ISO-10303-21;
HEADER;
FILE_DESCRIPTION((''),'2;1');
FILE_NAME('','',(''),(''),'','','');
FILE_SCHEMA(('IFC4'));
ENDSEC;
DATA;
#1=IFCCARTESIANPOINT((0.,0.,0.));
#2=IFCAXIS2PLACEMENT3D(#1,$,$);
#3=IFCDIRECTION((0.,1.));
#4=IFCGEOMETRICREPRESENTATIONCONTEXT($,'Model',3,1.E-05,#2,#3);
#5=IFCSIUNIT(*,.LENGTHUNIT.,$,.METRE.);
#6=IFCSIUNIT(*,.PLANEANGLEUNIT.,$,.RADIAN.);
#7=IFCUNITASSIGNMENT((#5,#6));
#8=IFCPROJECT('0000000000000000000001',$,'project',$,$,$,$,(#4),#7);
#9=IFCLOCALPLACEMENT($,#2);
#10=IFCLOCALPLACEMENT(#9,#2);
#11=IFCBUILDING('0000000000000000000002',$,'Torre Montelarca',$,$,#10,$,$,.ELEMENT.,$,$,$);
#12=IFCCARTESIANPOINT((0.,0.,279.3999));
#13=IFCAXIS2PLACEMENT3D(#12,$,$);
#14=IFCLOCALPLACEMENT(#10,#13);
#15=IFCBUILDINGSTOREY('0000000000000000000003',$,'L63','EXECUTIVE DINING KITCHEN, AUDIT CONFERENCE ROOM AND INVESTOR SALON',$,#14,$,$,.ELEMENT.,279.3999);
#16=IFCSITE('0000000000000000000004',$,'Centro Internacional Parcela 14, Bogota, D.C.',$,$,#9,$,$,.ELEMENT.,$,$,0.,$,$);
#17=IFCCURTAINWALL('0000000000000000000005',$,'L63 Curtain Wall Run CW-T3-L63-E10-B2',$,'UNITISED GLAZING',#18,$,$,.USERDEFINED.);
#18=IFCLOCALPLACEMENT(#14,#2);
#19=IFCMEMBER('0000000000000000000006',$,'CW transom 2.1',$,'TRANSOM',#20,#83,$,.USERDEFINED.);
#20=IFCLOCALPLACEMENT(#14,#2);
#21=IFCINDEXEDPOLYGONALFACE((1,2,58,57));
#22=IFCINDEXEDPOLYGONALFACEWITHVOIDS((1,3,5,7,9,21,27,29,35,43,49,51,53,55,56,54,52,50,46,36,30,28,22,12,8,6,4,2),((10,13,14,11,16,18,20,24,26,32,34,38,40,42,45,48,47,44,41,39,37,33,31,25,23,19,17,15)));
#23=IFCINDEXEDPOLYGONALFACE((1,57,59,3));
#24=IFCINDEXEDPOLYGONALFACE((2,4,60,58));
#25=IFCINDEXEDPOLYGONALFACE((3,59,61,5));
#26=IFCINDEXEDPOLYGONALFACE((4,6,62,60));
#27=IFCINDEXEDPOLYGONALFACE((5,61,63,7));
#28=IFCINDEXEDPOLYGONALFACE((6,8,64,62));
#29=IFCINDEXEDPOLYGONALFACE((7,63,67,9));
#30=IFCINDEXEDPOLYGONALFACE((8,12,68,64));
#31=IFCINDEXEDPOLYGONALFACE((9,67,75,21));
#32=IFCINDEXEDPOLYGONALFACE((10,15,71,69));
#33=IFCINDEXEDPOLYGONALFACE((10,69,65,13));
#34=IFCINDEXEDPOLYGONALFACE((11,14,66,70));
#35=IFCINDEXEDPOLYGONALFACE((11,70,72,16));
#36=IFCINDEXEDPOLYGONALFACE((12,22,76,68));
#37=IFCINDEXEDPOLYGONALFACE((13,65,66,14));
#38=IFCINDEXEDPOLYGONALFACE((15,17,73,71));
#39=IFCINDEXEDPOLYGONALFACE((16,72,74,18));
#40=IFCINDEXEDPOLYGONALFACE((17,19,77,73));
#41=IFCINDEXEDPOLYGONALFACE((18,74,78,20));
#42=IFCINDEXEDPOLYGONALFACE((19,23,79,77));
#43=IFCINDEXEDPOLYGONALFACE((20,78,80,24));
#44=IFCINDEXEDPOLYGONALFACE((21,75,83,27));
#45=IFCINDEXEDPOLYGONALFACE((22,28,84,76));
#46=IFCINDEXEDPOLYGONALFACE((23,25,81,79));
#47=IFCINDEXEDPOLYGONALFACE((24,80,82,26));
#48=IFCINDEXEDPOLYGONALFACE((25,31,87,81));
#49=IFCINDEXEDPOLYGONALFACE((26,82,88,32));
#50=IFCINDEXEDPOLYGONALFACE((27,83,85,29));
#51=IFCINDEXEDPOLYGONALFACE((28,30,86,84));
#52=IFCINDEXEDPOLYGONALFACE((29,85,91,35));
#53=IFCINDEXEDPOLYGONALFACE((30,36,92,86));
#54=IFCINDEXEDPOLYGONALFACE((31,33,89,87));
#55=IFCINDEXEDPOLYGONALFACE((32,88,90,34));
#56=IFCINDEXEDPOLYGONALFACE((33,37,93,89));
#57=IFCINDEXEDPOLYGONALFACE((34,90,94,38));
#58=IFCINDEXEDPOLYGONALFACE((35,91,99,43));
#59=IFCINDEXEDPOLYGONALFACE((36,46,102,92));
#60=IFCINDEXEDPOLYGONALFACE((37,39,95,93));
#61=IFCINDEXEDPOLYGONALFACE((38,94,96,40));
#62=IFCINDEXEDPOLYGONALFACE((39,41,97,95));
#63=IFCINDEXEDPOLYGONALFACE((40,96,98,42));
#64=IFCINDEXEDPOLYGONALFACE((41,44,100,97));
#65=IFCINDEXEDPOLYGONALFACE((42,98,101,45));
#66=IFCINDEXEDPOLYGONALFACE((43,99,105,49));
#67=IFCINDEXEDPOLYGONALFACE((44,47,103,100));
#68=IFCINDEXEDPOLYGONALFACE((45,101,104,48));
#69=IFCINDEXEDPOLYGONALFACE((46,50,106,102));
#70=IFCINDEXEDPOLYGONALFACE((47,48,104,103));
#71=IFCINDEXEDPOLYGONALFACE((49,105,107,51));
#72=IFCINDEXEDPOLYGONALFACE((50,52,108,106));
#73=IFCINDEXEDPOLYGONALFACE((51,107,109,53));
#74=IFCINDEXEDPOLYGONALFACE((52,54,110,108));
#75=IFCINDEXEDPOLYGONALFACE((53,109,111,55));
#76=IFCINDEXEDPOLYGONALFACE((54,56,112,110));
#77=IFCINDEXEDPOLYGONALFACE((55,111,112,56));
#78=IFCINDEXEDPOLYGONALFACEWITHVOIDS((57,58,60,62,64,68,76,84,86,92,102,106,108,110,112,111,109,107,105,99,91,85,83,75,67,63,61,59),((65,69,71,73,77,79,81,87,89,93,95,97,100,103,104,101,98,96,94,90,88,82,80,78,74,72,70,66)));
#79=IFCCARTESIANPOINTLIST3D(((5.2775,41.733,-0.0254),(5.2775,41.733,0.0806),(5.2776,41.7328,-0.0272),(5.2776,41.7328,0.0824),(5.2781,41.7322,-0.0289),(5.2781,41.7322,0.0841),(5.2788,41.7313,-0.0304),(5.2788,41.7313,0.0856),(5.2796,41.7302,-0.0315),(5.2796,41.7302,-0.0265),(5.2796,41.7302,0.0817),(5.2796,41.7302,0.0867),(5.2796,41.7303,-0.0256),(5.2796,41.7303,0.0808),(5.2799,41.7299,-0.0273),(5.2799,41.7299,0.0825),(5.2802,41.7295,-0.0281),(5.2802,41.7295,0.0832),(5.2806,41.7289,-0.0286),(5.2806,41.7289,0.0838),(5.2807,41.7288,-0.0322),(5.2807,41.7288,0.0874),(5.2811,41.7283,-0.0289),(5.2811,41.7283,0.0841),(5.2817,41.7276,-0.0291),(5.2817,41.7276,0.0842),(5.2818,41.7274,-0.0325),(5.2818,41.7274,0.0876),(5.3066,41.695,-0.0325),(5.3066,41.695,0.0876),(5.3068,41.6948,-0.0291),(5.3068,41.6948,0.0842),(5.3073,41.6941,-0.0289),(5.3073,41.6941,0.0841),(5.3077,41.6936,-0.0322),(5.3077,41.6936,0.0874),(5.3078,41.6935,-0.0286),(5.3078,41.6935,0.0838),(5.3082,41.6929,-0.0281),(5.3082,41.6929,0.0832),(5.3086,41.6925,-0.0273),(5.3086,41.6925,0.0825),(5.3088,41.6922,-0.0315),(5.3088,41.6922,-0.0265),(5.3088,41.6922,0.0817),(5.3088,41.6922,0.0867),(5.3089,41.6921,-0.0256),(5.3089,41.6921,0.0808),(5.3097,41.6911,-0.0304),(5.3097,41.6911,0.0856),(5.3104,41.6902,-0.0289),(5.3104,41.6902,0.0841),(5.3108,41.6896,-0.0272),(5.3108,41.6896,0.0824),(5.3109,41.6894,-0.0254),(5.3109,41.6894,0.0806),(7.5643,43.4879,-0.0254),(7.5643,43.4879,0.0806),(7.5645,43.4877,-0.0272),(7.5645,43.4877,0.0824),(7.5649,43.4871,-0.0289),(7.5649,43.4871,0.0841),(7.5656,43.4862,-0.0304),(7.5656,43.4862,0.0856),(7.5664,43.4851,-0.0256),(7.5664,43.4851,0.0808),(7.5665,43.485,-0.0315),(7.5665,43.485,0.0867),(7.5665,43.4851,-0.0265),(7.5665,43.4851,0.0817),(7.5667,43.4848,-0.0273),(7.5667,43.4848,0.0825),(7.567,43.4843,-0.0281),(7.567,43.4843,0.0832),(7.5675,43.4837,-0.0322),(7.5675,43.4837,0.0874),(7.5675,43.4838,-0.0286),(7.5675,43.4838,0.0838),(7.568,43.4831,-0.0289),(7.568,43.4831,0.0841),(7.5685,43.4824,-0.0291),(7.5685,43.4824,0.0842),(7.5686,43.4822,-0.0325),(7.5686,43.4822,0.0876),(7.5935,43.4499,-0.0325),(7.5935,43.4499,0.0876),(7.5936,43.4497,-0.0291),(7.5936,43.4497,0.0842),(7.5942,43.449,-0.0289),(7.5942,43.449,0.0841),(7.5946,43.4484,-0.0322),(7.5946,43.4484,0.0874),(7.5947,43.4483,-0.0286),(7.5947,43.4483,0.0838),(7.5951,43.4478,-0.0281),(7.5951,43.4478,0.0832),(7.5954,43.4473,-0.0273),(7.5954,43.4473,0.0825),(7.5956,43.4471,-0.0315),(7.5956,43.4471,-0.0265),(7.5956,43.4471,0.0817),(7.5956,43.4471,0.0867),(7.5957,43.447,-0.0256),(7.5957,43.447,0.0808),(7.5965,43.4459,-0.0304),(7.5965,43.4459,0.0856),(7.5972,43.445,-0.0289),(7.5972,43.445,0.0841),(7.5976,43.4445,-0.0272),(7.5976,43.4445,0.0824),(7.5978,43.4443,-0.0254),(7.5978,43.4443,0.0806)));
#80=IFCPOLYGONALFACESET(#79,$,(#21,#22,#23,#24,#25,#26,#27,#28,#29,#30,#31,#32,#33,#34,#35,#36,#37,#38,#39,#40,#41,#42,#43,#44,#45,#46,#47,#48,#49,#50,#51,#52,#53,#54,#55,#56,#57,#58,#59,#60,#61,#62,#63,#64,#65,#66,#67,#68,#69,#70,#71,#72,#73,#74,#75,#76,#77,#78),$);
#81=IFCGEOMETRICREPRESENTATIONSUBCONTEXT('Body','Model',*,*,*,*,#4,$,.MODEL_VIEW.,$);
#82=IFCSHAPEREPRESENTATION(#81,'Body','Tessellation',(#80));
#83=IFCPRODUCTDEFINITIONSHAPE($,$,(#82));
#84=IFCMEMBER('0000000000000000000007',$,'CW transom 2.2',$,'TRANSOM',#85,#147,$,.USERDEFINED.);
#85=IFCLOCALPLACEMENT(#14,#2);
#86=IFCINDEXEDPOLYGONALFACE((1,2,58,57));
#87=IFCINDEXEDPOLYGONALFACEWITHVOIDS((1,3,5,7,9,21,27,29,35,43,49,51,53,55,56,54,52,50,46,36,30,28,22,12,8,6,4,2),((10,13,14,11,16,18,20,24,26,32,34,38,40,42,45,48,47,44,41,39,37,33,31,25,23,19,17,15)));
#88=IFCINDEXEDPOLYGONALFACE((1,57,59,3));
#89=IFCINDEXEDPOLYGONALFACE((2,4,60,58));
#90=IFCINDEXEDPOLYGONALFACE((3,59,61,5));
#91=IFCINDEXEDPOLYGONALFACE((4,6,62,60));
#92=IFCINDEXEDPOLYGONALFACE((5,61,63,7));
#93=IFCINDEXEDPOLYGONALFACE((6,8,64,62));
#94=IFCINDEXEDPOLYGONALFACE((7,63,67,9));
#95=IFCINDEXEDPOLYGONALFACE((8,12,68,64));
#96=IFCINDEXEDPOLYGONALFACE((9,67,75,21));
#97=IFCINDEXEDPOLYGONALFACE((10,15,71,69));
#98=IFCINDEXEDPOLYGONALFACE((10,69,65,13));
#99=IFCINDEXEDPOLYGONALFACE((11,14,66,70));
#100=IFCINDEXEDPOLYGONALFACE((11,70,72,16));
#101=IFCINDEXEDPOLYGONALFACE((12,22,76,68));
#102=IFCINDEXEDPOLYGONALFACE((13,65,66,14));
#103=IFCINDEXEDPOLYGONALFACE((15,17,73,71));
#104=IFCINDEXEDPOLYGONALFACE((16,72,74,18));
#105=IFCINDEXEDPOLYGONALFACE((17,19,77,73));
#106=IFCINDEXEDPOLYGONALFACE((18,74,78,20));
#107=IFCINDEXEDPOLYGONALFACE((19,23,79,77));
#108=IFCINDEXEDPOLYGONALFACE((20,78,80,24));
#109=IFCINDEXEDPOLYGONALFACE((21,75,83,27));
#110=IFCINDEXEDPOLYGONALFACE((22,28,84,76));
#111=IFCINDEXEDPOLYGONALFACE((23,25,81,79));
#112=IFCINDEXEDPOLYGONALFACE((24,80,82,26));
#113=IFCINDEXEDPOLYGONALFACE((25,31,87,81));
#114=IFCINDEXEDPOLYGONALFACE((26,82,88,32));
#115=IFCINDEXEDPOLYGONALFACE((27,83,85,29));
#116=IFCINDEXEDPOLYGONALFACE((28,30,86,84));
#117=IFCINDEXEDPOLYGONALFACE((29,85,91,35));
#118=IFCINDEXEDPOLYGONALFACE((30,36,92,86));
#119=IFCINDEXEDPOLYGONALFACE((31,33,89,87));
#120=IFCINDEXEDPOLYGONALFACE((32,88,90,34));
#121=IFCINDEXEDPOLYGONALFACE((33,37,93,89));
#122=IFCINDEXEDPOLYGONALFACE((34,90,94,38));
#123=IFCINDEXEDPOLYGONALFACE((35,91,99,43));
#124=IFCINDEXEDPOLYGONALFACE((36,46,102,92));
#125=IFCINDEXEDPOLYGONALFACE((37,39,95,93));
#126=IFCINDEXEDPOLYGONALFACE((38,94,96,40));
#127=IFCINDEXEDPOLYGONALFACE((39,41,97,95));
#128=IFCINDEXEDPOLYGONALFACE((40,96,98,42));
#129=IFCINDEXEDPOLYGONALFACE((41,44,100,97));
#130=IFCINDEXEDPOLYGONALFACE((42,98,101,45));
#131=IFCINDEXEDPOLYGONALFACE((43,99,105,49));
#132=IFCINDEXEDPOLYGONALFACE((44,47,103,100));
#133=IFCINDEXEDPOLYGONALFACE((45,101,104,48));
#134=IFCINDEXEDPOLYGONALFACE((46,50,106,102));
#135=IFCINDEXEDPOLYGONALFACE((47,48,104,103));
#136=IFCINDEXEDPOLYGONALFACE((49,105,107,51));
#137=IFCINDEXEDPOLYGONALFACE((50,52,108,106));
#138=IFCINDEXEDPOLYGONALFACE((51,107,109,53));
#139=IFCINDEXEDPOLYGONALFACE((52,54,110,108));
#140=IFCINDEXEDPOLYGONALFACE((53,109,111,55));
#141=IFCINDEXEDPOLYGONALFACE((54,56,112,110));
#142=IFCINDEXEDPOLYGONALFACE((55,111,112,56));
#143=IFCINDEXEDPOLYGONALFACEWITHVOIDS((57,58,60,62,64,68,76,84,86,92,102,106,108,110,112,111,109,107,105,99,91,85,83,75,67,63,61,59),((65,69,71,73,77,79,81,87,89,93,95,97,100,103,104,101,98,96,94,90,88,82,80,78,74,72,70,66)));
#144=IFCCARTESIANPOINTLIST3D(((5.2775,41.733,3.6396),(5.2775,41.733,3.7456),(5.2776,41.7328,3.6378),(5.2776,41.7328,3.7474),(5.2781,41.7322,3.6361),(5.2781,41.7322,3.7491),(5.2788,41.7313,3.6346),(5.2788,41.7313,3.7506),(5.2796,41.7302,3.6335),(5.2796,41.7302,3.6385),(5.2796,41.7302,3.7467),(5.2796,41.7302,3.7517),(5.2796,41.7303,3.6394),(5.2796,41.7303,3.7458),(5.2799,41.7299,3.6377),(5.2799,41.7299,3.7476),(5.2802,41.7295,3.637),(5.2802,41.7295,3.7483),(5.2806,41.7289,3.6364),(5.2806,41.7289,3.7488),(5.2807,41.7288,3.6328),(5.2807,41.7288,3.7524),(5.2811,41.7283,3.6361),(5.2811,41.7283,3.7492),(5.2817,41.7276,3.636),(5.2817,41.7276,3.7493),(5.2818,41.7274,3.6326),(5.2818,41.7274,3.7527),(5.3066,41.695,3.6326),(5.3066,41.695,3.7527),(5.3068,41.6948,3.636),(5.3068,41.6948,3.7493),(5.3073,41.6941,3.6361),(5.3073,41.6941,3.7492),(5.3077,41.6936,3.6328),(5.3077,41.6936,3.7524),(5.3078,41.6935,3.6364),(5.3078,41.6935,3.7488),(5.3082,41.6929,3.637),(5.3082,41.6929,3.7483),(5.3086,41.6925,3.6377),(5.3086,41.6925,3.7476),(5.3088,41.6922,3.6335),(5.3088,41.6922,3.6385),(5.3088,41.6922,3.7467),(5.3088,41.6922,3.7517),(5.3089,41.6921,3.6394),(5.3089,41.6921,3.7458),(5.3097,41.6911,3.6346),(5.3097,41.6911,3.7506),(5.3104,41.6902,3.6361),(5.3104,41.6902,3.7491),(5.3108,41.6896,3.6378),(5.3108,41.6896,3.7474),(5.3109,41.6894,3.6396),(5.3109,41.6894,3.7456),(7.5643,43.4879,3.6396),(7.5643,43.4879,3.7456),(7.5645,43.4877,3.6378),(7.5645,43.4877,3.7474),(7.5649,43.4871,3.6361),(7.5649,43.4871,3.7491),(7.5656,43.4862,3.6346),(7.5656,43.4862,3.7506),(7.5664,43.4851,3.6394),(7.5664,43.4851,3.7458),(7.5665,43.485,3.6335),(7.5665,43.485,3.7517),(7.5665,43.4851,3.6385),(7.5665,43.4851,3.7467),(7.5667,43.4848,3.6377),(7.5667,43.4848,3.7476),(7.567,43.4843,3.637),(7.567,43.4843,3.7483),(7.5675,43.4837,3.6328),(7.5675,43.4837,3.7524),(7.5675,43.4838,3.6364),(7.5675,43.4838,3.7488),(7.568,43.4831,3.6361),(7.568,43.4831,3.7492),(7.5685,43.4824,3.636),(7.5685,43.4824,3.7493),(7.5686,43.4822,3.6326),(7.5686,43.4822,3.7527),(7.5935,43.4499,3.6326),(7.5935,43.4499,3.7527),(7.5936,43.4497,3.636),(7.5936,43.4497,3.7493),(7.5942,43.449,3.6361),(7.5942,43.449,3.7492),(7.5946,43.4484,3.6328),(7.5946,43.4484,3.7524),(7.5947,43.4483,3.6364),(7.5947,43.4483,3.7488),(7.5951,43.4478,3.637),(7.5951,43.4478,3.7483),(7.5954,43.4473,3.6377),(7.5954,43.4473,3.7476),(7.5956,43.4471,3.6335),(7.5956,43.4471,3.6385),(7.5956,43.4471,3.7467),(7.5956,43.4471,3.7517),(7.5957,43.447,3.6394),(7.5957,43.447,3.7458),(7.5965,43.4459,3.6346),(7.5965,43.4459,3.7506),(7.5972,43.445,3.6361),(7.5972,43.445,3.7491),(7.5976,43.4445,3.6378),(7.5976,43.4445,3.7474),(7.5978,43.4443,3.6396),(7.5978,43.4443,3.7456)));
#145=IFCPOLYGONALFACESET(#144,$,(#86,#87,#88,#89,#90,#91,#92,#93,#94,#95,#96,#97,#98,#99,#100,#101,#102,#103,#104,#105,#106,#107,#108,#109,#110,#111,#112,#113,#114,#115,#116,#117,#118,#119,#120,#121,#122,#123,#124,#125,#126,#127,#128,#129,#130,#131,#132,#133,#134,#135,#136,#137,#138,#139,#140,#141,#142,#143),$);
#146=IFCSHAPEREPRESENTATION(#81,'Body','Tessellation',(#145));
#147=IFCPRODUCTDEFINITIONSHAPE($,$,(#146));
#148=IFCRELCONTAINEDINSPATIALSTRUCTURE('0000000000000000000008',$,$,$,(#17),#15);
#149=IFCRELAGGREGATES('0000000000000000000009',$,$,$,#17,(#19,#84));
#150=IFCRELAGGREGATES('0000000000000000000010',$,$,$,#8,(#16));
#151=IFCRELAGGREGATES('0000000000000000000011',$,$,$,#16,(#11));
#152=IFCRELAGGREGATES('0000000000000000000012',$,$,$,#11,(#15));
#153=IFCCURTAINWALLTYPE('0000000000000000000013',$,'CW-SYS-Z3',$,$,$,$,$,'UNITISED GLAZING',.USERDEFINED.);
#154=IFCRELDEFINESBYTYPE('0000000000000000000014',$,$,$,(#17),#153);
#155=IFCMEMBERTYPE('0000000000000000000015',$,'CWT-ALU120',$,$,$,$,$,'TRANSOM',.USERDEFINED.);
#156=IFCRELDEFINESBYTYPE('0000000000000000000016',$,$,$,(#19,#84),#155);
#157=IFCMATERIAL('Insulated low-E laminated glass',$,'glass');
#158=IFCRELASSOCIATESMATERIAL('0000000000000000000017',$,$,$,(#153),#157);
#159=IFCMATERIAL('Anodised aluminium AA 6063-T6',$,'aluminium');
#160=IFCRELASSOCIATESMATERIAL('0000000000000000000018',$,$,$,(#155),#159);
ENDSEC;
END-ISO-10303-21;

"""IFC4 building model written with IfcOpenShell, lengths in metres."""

from ifc_helpers import new_model, si_unit, direction, frame, origin, origin_2d, place, context, subcontext, project, spatial, hollow_rectangle, extrude, source, transform, mapped, material, material_profile, profile_set, type_object, element, aggregate, save


model = new_model("IFC4")

# Units and contexts
model_context = context("Model", 3, precision=1e-05, world=origin(), true_north=direction((0.0, 1.0)))
body_context = subcontext(model_context, "Body", "Model", "MODEL_VIEW")
ifc_project = project(units=[si_unit("LENGTHUNIT", "METRE"), si_unit("PLANEANGLEUNIT", "RADIAN")], contexts=[model_context])

# Site, building, storey
site_placement = place(None, origin())
site = spatial("IfcSite", under=ifc_project, at=site_placement, Name="Centro Internacional Parcela 14, Bogota, D.C.", CompositionType="ELEMENT", RefElevation=0.0)
building_placement = place(site_placement, origin())
building = spatial("IfcBuilding", under=site, at=building_placement, Name="Torre Montelarca", CompositionType="ELEMENT")
storey_placement = place(building_placement, frame((0.0, 0.0, 279.3999)))
storey = spatial("IfcBuildingStorey", under=building, at=storey_placement, Name="L63", Description="EXECUTIVE DINING KITCHEN, AUDIT CONFERENCE ROOM AND INVESTOR SALON", CompositionType="ELEMENT", Elevation=279.3999)

# Curtain wall
ifc_material_1 = material(Name="Insulated low-E laminated glass", Category="glass")
curtain_wall_type = type_object("IfcCurtainWallType", Name="CW-SYS-Z3", ElementType="UNITISED GLAZING", PredefinedType="USERDEFINED", material=ifc_material_1)
curtain_wall_1_placement = place(storey_placement, origin())
curtain_wall_1 = element("IfcCurtainWall", 1, at=curtain_wall_1_placement, inside=storey, type_object=curtain_wall_type, Name="L63 Curtain Wall Run CW-T3-L63-E10-B2", ObjectType="UNITISED GLAZING", PredefinedType="USERDEFINED")
ifc_material_2 = material(Name="Anodised aluminium AA 6063-T6", Category="aluminium")

# Members
ifc_material_profile_1 = material_profile(ifc_material_2, hollow_rectangle(XDim=0.0549, YDim=0.1201, WallThickness=0.0034, InnerFilletRadius=0.0034, OuterFilletRadius=0.0071, at=origin_2d()), Name="ALU55X120X3.5", Category="aluminium")
ifc_profile_set_1 = profile_set([ifc_material_profile_1], Name="Anodised aluminium AA 6063-T6")
member_type_1 = type_object("IfcMemberType", Name="CWT-ALU120", ElementType="TRANSOM", PredefinedType="USERDEFINED", material=ifc_profile_set_1)
shared_shape_1 = source(origin(), body_context, "Body", "SweptSolid", [
    extrude(hollow_rectangle(XDim=0.0549, YDim=0.1201, WallThickness=0.0034, InnerFilletRadius=0.0034, OuterFilletRadius=0.0071, at=origin_2d()), origin(), (0.0, 0.0, 1.0), 2.8826),
])
member_1_placement = place(storey_placement, frame((7.5811, 43.4661, 0.0276), z_axis=(-0.793335, -0.608785, 0.0), x_axis=(0.608785, -0.793335, 0.0)))
member_1 = element("IfcMember", 2, at=member_1_placement, type_object=member_type_1, Name="CW transom 2.1", ObjectType="TRANSOM", PredefinedType="USERDEFINED", context=body_context, shape_type="MappedRepresentation", body=[
    mapped(shared_shape_1, transform((0.0, 0.0, 0.0), scale=1.0)),
])
member_2_placement = place(storey_placement, frame((7.5811, 43.4661, 3.6926), z_axis=(-0.793335, -0.608785, 0.0), x_axis=(0.608785, -0.793335, 0.0)))
member_2 = element("IfcMember", 3, at=member_2_placement, type_object=member_type_1, Name="CW transom 2.2", ObjectType="TRANSOM", PredefinedType="USERDEFINED", context=body_context, shape_type="MappedRepresentation", body=[
    mapped(shared_shape_1, transform((0.0, 0.0, 0.0), scale=1.0)),
])

aggregate(curtain_wall_1, [member_1, member_2])

save(model, "model.ifc")
